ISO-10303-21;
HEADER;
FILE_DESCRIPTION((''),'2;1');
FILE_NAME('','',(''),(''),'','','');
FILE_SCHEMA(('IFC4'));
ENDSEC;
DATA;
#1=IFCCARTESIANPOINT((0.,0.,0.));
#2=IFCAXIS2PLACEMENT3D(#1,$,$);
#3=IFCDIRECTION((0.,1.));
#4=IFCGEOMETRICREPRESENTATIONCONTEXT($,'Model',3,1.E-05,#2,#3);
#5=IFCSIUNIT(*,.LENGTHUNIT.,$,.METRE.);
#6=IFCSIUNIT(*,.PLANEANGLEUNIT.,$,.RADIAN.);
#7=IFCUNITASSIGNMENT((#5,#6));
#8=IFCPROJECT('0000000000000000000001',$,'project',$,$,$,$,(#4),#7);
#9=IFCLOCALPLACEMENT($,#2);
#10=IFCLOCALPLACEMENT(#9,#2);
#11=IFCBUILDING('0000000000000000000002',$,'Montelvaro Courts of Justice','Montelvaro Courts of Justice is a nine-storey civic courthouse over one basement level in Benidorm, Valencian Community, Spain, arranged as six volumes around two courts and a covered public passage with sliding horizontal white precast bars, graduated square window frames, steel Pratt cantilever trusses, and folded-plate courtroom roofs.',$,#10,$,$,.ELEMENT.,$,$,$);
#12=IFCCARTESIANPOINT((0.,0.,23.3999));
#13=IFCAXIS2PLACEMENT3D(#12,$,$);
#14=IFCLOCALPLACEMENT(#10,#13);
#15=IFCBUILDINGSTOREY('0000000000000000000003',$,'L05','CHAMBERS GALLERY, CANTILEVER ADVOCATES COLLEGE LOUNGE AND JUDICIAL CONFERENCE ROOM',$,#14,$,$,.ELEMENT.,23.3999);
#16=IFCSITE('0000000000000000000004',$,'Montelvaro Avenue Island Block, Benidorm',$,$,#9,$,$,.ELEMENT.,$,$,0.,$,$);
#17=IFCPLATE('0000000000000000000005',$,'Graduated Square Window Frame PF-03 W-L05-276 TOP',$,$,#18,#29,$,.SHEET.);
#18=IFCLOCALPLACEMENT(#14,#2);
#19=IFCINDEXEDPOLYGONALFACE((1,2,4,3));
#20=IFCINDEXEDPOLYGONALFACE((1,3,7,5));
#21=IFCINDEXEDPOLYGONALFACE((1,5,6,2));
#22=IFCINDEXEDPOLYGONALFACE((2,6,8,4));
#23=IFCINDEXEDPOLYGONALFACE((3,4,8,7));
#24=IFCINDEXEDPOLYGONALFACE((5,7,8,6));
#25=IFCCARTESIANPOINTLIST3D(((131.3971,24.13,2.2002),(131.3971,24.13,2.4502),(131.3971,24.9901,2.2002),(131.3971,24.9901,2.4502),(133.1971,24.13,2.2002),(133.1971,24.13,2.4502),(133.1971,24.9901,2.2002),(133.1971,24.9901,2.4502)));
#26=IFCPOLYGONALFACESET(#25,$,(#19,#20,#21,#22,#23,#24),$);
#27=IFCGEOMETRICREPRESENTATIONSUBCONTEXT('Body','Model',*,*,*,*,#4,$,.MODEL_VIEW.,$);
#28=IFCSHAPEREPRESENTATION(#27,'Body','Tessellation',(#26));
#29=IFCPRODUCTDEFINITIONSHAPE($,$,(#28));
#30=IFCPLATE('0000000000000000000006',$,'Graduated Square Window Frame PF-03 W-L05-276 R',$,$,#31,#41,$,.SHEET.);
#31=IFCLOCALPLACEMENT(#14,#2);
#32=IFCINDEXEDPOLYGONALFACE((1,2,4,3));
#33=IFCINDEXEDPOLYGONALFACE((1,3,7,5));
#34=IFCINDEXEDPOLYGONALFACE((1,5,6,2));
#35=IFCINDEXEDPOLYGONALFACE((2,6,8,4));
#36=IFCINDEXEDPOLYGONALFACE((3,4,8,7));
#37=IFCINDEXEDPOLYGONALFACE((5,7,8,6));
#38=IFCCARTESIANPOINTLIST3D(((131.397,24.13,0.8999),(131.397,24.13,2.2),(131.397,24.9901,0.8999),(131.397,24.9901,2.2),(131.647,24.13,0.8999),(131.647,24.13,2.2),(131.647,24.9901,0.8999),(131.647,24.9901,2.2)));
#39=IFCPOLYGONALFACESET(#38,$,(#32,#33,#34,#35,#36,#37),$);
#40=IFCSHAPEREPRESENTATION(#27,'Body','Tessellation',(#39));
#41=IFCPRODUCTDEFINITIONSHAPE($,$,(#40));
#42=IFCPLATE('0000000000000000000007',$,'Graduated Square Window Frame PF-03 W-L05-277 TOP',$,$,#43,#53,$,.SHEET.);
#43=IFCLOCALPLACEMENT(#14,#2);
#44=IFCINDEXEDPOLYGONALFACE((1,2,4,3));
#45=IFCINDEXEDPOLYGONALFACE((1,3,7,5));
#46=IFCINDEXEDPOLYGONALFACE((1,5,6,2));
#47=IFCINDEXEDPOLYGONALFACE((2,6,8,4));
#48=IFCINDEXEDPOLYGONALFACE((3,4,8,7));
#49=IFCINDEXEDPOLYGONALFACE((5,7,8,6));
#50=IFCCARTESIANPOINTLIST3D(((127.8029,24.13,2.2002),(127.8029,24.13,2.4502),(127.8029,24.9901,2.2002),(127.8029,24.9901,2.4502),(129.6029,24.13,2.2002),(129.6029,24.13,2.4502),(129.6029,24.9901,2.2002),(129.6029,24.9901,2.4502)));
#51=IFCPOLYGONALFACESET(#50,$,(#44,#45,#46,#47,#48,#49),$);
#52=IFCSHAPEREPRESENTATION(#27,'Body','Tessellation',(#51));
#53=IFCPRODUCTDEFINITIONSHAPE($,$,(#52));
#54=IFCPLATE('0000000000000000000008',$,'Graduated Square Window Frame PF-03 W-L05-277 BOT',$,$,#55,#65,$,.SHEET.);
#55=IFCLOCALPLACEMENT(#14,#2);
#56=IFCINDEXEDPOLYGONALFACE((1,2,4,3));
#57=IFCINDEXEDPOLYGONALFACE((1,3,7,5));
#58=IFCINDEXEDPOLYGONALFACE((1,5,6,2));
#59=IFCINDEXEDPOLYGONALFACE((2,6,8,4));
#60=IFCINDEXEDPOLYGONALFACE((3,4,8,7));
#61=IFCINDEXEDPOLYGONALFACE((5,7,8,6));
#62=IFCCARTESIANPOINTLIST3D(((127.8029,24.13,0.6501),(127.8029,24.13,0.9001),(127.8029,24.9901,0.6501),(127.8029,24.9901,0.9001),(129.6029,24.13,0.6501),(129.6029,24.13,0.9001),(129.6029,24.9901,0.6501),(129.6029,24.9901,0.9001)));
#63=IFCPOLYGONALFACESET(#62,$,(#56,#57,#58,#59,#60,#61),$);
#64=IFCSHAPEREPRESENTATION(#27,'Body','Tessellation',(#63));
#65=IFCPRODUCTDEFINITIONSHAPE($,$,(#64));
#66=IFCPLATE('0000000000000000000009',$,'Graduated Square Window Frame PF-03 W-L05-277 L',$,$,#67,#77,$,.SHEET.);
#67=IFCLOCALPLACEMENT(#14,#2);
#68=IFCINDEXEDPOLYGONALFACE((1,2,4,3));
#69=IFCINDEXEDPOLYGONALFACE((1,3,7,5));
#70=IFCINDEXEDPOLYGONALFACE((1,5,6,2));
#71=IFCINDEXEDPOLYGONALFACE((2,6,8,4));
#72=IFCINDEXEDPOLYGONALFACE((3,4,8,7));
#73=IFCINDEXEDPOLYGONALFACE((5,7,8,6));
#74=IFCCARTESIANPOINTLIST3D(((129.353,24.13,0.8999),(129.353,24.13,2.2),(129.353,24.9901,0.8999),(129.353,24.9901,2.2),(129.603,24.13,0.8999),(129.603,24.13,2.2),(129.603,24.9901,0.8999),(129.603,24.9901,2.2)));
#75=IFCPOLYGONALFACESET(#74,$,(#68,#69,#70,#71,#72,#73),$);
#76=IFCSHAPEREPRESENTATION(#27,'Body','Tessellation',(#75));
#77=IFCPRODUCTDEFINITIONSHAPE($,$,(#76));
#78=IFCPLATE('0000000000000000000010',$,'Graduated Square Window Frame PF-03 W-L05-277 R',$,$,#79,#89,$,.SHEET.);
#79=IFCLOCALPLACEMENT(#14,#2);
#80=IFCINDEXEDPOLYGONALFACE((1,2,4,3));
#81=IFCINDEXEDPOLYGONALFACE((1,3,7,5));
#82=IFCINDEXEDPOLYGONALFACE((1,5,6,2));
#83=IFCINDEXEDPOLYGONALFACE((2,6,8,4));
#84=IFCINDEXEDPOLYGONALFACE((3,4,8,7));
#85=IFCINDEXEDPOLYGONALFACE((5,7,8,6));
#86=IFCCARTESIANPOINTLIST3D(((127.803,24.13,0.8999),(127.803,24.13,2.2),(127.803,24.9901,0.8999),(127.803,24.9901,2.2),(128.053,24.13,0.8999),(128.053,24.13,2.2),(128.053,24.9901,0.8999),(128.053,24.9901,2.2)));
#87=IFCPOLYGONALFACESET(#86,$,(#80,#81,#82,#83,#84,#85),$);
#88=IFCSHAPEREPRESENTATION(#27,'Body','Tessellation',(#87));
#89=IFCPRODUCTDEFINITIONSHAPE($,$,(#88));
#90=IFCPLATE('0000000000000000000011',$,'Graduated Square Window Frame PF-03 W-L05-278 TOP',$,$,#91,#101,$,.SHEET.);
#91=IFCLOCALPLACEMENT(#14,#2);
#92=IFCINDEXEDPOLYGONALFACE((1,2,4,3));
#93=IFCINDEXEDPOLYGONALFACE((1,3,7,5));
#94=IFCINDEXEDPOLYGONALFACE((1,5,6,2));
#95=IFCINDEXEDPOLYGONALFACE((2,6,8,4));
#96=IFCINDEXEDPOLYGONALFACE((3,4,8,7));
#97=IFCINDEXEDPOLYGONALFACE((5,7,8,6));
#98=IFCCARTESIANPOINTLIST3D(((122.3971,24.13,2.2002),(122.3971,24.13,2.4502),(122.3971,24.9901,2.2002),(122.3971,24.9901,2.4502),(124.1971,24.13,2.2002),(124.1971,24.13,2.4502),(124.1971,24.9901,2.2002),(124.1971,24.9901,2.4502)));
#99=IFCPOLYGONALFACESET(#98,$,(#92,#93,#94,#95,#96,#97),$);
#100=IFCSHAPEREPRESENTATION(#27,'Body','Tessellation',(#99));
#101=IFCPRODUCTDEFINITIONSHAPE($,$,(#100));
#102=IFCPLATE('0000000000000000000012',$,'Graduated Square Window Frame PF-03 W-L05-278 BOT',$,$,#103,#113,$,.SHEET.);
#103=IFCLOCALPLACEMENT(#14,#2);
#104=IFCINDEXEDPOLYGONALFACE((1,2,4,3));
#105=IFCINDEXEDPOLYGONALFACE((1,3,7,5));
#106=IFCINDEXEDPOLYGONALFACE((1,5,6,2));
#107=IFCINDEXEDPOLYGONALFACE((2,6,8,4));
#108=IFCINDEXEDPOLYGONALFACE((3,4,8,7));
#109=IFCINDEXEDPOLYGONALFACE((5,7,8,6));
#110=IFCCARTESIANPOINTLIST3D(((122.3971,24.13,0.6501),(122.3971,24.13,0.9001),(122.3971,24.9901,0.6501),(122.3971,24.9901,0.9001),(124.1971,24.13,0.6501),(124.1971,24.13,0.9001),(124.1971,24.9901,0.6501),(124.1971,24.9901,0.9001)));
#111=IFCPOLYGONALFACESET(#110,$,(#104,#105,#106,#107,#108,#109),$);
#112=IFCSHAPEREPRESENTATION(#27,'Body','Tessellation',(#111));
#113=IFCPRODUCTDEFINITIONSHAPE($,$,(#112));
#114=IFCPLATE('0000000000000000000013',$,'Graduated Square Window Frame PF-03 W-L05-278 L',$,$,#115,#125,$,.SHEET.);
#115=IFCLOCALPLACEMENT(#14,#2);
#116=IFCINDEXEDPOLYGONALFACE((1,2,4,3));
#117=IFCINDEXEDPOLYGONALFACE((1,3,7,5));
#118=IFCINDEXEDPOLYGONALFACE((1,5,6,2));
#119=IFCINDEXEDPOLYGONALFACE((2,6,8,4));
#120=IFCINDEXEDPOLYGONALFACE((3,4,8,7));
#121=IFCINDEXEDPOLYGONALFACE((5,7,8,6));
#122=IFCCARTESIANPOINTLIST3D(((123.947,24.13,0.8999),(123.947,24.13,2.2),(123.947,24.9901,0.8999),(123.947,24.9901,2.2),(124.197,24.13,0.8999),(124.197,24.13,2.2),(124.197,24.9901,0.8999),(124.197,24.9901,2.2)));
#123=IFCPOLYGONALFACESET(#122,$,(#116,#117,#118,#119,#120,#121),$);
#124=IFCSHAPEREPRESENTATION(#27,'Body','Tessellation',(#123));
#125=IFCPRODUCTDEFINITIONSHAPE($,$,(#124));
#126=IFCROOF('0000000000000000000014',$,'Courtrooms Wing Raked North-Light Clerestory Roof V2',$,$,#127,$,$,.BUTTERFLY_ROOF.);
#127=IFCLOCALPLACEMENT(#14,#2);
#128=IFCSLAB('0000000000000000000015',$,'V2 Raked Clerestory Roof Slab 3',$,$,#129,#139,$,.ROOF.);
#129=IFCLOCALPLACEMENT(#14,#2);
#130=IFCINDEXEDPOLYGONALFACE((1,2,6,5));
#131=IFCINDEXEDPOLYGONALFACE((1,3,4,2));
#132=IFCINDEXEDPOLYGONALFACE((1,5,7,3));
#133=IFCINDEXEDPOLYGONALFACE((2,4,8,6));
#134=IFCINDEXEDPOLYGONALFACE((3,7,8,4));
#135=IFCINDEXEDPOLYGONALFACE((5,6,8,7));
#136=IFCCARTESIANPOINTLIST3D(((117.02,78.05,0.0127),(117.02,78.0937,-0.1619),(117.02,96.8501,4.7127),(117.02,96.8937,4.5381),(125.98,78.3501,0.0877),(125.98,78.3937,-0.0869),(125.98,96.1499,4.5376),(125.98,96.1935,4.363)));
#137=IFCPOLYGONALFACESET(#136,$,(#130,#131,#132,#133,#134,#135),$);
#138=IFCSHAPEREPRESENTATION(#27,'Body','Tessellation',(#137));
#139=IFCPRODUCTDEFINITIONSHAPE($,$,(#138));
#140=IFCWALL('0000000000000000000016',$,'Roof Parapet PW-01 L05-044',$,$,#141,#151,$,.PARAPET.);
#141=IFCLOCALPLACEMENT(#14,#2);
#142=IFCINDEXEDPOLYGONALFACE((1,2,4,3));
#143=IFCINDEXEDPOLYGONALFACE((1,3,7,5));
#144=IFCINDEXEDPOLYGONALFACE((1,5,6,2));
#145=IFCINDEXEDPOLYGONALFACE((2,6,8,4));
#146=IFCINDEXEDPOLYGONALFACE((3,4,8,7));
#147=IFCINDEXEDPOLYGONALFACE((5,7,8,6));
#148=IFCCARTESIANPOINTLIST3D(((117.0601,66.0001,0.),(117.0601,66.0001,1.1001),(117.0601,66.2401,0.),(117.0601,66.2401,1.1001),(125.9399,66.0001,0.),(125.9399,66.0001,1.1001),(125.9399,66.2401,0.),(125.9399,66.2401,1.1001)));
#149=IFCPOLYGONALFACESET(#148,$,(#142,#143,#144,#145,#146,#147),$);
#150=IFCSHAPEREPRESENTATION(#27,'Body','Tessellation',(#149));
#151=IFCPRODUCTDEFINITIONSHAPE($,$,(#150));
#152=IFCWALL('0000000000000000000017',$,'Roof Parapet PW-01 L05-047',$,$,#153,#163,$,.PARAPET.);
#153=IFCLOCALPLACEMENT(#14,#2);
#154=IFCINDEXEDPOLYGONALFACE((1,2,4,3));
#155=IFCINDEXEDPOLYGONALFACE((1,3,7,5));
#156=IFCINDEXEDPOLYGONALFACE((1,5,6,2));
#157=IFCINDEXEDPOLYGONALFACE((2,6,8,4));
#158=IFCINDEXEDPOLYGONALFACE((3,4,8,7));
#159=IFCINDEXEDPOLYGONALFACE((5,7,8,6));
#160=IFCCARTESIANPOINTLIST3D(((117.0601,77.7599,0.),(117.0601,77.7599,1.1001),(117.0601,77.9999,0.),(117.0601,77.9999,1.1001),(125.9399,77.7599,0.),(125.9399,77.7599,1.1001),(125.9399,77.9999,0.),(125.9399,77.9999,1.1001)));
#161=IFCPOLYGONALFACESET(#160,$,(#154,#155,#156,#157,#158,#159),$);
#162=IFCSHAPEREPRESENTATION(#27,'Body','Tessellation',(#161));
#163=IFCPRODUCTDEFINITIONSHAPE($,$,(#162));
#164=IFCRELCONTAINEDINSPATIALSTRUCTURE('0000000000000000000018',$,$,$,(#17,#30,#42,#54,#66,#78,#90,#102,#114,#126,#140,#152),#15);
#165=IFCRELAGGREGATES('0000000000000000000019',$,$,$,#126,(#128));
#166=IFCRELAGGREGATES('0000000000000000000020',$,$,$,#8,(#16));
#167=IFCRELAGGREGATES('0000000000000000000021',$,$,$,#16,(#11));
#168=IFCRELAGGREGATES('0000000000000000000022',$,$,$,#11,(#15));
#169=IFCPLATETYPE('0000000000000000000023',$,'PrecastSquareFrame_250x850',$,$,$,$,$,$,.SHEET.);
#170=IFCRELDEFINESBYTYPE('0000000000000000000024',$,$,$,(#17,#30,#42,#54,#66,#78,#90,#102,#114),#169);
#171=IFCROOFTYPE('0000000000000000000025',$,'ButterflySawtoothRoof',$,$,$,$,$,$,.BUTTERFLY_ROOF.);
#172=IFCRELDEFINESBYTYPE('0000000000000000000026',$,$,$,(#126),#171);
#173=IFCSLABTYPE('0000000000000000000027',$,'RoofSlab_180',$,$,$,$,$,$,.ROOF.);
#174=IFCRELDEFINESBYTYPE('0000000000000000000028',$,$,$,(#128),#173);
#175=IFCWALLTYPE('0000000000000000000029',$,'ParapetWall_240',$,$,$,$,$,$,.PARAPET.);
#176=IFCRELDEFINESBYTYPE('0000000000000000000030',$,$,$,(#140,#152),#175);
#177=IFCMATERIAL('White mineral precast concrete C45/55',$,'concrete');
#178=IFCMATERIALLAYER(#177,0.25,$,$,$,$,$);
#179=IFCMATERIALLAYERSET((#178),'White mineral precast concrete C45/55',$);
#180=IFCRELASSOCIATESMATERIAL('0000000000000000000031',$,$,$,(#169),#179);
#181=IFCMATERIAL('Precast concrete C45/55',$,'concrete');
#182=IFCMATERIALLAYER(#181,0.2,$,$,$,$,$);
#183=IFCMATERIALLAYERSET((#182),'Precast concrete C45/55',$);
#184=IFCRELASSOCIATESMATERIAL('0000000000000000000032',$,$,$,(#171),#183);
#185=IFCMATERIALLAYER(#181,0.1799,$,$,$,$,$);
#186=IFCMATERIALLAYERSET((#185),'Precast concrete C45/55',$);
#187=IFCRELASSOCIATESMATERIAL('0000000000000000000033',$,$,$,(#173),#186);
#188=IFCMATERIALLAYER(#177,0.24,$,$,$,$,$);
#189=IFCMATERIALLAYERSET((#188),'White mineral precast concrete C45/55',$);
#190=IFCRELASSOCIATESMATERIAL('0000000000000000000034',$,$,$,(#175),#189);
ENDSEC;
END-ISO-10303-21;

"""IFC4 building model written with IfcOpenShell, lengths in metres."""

from ifc_helpers import new_model, si_unit, direction, frame, frame_2d, origin, origin_2d, place, context, subcontext, project, spatial, polyline, rectangle, outline, extrude, material, layer, layer_set, type_object, element, aggregate, save


model = new_model("IFC4")

# Units and contexts
model_context = context("Model", 3, precision=1e-05, world=origin(), true_north=direction((0.0, 1.0)))
body_context = subcontext(model_context, "Body", "Model", "MODEL_VIEW")
ifc_project = project(units=[si_unit("LENGTHUNIT", "METRE"), si_unit("PLANEANGLEUNIT", "RADIAN")], contexts=[model_context])

# Site, building, storey
site_placement = place(None, origin())
site = spatial("IfcSite", under=ifc_project, at=site_placement, Name="Montelvaro Avenue Island Block, Benidorm", CompositionType="ELEMENT", RefElevation=0.0)
building_placement = place(site_placement, origin())
building = spatial("IfcBuilding", under=site, at=building_placement, Name="Montelvaro Courts of Justice", Description="Montelvaro Courts of Justice is a nine-storey civic courthouse over one basement level in Benidorm, Valencian Community, Spain, arranged as six volumes around two courts and a covered public passage with sliding horizontal white precast bars, graduated square window frames, steel Pratt cantilever trusses, and folded-plate courtroom roofs.", CompositionType="ELEMENT")
storey_placement = place(building_placement, frame((0.0, 0.0, 23.3999)))
storey = spatial("IfcBuildingStorey", under=building, at=storey_placement, Name="L05", Description="CHAMBERS GALLERY, CANTILEVER ADVOCATES COLLEGE LOUNGE AND JUDICIAL CONFERENCE ROOM", CompositionType="ELEMENT", Elevation=23.3999)

# Plates
ifc_material_1 = material(Name="White mineral precast concrete C45/55", Category="concrete")
ifc_layer_1 = layer(ifc_material_1, 0.25)
ifc_layer_set_1 = layer_set([ifc_layer_1], Name="White mineral precast concrete C45/55")
plate_type_1 = type_object("IfcPlateType", Name="PrecastSquareFrame_250x850", PredefinedType="SHEET", material=ifc_layer_set_1)
plate_1_placement = place(storey_placement, frame((132.2971, 24.5601, 2.2002), z_axis=(0.0, 0.0, 1.0), x_axis=(-1.0, 0.0, 0.0)))
element("IfcPlate", 1, at=plate_1_placement, inside=storey, type_object=plate_type_1, Name="Graduated Square Window Frame PF-03 W-L05-276 TOP", PredefinedType="SHEET", context=body_context, shape_type="SweptSolid", body=[
    extrude(rectangle(XDim=1.8, YDim=0.8601, at=origin_2d()), origin(), (0.0, 0.0, 1.0), 0.25),
])
plate_2_placement = place(storey_placement, frame((131.522, 24.5601, 0.8999), z_axis=(0.0, 0.0, 1.0), x_axis=(-1.0, 0.0, 0.0)))
element("IfcPlate", 2, at=plate_2_placement, inside=storey, type_object=plate_type_1, Name="Graduated Square Window Frame PF-03 W-L05-276 R", PredefinedType="SHEET", context=body_context, shape_type="SweptSolid", body=[
    extrude(rectangle(XDim=0.25, YDim=0.8601, at=origin_2d()), origin(), (0.0, 0.0, 1.0), 1.3),
])
for number, where, z_axis, x_axis, name in (
    (3, (128.7029, 24.5601, 2.2002), (0.0, 0.0, 1.0), (-1.0, 0.0, 0.0), "Graduated Square Window Frame PF-03 W-L05-277 TOP"),
    (4, (128.7029, 24.5601, 0.6501), (0.0, 0.0, 1.0), (-1.0, 0.0, 0.0), "Graduated Square Window Frame PF-03 W-L05-277 BOT"),
):
    element("IfcPlate", number, at=place(storey_placement, frame(where, z_axis=z_axis, x_axis=x_axis)), inside=storey, type_object=plate_type_1, Name=name, PredefinedType="SHEET", context=body_context, shape_type="SweptSolid", body=[
        extrude(rectangle(XDim=1.8, YDim=0.8601, at=origin_2d()), origin(), (0.0, 0.0, 1.0), 0.25),
    ])
for number, where, z_axis, x_axis, name in (
    (5, (129.478, 24.5601, 0.8999), (0.0, 0.0, 1.0), (-1.0, 0.0, 0.0), "Graduated Square Window Frame PF-03 W-L05-277 L"),
    (6, (127.928, 24.5601, 0.8999), (0.0, 0.0, 1.0), (-1.0, 0.0, 0.0), "Graduated Square Window Frame PF-03 W-L05-277 R"),
):
    element("IfcPlate", number, at=place(storey_placement, frame(where, z_axis=z_axis, x_axis=x_axis)), inside=storey, type_object=plate_type_1, Name=name, PredefinedType="SHEET", context=body_context, shape_type="SweptSolid", body=[
        extrude(rectangle(XDim=0.25, YDim=0.8601, at=origin_2d()), origin(), (0.0, 0.0, 1.0), 1.3),
    ])
for number, where, z_axis, x_axis, name in (
    (7, (123.2971, 24.5601, 2.2002), (0.0, 0.0, 1.0), (-1.0, 0.0, 0.0), "Graduated Square Window Frame PF-03 W-L05-278 TOP"),
    (8, (123.2971, 24.5601, 0.6501), (0.0, 0.0, 1.0), (-1.0, 0.0, 0.0), "Graduated Square Window Frame PF-03 W-L05-278 BOT"),
):
    element("IfcPlate", number, at=place(storey_placement, frame(where, z_axis=z_axis, x_axis=x_axis)), inside=storey, type_object=plate_type_1, Name=name, PredefinedType="SHEET", context=body_context, shape_type="SweptSolid", body=[
        extrude(rectangle(XDim=1.8, YDim=0.8601, at=origin_2d()), origin(), (0.0, 0.0, 1.0), 0.25),
    ])
plate_3_placement = place(storey_placement, frame((124.072, 24.5601, 0.8999), z_axis=(0.0, 0.0, 1.0), x_axis=(-1.0, 0.0, 0.0)))
element("IfcPlate", 9, at=plate_3_placement, inside=storey, type_object=plate_type_1, Name="Graduated Square Window Frame PF-03 W-L05-278 L", PredefinedType="SHEET", context=body_context, shape_type="SweptSolid", body=[
    extrude(rectangle(XDim=0.25, YDim=0.8601, at=origin_2d()), origin(), (0.0, 0.0, 1.0), 1.3),
])

# Roof, slab
ifc_material_2 = material(Name="Precast concrete C45/55", Category="concrete")
ifc_layer_2 = layer(ifc_material_2, 0.2)
ifc_layer_set_2 = layer_set([ifc_layer_2], Name="Precast concrete C45/55")
roof_type = type_object("IfcRoofType", Name="ButterflySawtoothRoof", PredefinedType="BUTTERFLY_ROOF", material=ifc_layer_set_2)
roof_placement = place(storey_placement, origin())
roof = element("IfcRoof", 10, at=roof_placement, inside=storey, type_object=roof_type, Name="Courtrooms Wing Raked North-Light Clerestory Roof V2", PredefinedType="BUTTERFLY_ROOF")
ifc_layer_3 = layer(ifc_material_2, 0.1799)
ifc_layer_set_3 = layer_set([ifc_layer_3], Name="Precast concrete C45/55")
slab_type = type_object("IfcSlabType", Name="RoofSlab_180", PredefinedType="ROOF", material=ifc_layer_set_3)
slab_placement = place(storey_placement, frame((117.02, 78.05, 0.0127), z_axis=(0.000003, -0.242534, 0.970143), x_axis=(0.999405, 0.033467, 0.008363)))
slab = element("IfcSlab", 11, at=slab_placement, type_object=slab_type, Name="V2 Raked Clerestory Roof Slab 3", PredefinedType="ROOF", context=body_context, shape_type="SweptSolid", body=[
    extrude(outline(polyline([(0.0, 0.0), (8.9653, 0.0), (9.5982, 18.3367), (0.6685, 19.3671), (0.0, 0.0)])), origin(), (0.0, 0.0, -1.0), 0.1799),
])
aggregate(roof, [slab])

# Walls
ifc_layer_4 = layer(ifc_material_1, 0.24)
ifc_layer_set_4 = layer_set([ifc_layer_4], Name="White mineral precast concrete C45/55")
wall_type = type_object("IfcWallType", Name="ParapetWall_240", PredefinedType="PARAPET", material=ifc_layer_set_4)
for number, where, z_axis, x_axis, name in (
    (12, (117.0601, 66.1201, 0.0), (0.0, 0.0, 1.0), (1.0, 0.0, 0.0), "Roof Parapet PW-01 L05-044"),
    (13, (117.0601, 77.8799, 0.0), (0.0, 0.0, 1.0), (1.0, 0.0, 0.0), "Roof Parapet PW-01 L05-047"),
):
    element("IfcWall", number, at=place(storey_placement, frame(where, z_axis=z_axis, x_axis=x_axis)), inside=storey, type_object=wall_type, Name=name, PredefinedType="PARAPET", context=body_context, shape_type="SweptSolid", body=[
        extrude(rectangle(XDim=8.8799, YDim=0.24, at=frame_2d((4.4399, 0.0))), origin(), (0.0, 0.0, 1.0), 1.1001),
    ])

save(model, "model.ifc")
